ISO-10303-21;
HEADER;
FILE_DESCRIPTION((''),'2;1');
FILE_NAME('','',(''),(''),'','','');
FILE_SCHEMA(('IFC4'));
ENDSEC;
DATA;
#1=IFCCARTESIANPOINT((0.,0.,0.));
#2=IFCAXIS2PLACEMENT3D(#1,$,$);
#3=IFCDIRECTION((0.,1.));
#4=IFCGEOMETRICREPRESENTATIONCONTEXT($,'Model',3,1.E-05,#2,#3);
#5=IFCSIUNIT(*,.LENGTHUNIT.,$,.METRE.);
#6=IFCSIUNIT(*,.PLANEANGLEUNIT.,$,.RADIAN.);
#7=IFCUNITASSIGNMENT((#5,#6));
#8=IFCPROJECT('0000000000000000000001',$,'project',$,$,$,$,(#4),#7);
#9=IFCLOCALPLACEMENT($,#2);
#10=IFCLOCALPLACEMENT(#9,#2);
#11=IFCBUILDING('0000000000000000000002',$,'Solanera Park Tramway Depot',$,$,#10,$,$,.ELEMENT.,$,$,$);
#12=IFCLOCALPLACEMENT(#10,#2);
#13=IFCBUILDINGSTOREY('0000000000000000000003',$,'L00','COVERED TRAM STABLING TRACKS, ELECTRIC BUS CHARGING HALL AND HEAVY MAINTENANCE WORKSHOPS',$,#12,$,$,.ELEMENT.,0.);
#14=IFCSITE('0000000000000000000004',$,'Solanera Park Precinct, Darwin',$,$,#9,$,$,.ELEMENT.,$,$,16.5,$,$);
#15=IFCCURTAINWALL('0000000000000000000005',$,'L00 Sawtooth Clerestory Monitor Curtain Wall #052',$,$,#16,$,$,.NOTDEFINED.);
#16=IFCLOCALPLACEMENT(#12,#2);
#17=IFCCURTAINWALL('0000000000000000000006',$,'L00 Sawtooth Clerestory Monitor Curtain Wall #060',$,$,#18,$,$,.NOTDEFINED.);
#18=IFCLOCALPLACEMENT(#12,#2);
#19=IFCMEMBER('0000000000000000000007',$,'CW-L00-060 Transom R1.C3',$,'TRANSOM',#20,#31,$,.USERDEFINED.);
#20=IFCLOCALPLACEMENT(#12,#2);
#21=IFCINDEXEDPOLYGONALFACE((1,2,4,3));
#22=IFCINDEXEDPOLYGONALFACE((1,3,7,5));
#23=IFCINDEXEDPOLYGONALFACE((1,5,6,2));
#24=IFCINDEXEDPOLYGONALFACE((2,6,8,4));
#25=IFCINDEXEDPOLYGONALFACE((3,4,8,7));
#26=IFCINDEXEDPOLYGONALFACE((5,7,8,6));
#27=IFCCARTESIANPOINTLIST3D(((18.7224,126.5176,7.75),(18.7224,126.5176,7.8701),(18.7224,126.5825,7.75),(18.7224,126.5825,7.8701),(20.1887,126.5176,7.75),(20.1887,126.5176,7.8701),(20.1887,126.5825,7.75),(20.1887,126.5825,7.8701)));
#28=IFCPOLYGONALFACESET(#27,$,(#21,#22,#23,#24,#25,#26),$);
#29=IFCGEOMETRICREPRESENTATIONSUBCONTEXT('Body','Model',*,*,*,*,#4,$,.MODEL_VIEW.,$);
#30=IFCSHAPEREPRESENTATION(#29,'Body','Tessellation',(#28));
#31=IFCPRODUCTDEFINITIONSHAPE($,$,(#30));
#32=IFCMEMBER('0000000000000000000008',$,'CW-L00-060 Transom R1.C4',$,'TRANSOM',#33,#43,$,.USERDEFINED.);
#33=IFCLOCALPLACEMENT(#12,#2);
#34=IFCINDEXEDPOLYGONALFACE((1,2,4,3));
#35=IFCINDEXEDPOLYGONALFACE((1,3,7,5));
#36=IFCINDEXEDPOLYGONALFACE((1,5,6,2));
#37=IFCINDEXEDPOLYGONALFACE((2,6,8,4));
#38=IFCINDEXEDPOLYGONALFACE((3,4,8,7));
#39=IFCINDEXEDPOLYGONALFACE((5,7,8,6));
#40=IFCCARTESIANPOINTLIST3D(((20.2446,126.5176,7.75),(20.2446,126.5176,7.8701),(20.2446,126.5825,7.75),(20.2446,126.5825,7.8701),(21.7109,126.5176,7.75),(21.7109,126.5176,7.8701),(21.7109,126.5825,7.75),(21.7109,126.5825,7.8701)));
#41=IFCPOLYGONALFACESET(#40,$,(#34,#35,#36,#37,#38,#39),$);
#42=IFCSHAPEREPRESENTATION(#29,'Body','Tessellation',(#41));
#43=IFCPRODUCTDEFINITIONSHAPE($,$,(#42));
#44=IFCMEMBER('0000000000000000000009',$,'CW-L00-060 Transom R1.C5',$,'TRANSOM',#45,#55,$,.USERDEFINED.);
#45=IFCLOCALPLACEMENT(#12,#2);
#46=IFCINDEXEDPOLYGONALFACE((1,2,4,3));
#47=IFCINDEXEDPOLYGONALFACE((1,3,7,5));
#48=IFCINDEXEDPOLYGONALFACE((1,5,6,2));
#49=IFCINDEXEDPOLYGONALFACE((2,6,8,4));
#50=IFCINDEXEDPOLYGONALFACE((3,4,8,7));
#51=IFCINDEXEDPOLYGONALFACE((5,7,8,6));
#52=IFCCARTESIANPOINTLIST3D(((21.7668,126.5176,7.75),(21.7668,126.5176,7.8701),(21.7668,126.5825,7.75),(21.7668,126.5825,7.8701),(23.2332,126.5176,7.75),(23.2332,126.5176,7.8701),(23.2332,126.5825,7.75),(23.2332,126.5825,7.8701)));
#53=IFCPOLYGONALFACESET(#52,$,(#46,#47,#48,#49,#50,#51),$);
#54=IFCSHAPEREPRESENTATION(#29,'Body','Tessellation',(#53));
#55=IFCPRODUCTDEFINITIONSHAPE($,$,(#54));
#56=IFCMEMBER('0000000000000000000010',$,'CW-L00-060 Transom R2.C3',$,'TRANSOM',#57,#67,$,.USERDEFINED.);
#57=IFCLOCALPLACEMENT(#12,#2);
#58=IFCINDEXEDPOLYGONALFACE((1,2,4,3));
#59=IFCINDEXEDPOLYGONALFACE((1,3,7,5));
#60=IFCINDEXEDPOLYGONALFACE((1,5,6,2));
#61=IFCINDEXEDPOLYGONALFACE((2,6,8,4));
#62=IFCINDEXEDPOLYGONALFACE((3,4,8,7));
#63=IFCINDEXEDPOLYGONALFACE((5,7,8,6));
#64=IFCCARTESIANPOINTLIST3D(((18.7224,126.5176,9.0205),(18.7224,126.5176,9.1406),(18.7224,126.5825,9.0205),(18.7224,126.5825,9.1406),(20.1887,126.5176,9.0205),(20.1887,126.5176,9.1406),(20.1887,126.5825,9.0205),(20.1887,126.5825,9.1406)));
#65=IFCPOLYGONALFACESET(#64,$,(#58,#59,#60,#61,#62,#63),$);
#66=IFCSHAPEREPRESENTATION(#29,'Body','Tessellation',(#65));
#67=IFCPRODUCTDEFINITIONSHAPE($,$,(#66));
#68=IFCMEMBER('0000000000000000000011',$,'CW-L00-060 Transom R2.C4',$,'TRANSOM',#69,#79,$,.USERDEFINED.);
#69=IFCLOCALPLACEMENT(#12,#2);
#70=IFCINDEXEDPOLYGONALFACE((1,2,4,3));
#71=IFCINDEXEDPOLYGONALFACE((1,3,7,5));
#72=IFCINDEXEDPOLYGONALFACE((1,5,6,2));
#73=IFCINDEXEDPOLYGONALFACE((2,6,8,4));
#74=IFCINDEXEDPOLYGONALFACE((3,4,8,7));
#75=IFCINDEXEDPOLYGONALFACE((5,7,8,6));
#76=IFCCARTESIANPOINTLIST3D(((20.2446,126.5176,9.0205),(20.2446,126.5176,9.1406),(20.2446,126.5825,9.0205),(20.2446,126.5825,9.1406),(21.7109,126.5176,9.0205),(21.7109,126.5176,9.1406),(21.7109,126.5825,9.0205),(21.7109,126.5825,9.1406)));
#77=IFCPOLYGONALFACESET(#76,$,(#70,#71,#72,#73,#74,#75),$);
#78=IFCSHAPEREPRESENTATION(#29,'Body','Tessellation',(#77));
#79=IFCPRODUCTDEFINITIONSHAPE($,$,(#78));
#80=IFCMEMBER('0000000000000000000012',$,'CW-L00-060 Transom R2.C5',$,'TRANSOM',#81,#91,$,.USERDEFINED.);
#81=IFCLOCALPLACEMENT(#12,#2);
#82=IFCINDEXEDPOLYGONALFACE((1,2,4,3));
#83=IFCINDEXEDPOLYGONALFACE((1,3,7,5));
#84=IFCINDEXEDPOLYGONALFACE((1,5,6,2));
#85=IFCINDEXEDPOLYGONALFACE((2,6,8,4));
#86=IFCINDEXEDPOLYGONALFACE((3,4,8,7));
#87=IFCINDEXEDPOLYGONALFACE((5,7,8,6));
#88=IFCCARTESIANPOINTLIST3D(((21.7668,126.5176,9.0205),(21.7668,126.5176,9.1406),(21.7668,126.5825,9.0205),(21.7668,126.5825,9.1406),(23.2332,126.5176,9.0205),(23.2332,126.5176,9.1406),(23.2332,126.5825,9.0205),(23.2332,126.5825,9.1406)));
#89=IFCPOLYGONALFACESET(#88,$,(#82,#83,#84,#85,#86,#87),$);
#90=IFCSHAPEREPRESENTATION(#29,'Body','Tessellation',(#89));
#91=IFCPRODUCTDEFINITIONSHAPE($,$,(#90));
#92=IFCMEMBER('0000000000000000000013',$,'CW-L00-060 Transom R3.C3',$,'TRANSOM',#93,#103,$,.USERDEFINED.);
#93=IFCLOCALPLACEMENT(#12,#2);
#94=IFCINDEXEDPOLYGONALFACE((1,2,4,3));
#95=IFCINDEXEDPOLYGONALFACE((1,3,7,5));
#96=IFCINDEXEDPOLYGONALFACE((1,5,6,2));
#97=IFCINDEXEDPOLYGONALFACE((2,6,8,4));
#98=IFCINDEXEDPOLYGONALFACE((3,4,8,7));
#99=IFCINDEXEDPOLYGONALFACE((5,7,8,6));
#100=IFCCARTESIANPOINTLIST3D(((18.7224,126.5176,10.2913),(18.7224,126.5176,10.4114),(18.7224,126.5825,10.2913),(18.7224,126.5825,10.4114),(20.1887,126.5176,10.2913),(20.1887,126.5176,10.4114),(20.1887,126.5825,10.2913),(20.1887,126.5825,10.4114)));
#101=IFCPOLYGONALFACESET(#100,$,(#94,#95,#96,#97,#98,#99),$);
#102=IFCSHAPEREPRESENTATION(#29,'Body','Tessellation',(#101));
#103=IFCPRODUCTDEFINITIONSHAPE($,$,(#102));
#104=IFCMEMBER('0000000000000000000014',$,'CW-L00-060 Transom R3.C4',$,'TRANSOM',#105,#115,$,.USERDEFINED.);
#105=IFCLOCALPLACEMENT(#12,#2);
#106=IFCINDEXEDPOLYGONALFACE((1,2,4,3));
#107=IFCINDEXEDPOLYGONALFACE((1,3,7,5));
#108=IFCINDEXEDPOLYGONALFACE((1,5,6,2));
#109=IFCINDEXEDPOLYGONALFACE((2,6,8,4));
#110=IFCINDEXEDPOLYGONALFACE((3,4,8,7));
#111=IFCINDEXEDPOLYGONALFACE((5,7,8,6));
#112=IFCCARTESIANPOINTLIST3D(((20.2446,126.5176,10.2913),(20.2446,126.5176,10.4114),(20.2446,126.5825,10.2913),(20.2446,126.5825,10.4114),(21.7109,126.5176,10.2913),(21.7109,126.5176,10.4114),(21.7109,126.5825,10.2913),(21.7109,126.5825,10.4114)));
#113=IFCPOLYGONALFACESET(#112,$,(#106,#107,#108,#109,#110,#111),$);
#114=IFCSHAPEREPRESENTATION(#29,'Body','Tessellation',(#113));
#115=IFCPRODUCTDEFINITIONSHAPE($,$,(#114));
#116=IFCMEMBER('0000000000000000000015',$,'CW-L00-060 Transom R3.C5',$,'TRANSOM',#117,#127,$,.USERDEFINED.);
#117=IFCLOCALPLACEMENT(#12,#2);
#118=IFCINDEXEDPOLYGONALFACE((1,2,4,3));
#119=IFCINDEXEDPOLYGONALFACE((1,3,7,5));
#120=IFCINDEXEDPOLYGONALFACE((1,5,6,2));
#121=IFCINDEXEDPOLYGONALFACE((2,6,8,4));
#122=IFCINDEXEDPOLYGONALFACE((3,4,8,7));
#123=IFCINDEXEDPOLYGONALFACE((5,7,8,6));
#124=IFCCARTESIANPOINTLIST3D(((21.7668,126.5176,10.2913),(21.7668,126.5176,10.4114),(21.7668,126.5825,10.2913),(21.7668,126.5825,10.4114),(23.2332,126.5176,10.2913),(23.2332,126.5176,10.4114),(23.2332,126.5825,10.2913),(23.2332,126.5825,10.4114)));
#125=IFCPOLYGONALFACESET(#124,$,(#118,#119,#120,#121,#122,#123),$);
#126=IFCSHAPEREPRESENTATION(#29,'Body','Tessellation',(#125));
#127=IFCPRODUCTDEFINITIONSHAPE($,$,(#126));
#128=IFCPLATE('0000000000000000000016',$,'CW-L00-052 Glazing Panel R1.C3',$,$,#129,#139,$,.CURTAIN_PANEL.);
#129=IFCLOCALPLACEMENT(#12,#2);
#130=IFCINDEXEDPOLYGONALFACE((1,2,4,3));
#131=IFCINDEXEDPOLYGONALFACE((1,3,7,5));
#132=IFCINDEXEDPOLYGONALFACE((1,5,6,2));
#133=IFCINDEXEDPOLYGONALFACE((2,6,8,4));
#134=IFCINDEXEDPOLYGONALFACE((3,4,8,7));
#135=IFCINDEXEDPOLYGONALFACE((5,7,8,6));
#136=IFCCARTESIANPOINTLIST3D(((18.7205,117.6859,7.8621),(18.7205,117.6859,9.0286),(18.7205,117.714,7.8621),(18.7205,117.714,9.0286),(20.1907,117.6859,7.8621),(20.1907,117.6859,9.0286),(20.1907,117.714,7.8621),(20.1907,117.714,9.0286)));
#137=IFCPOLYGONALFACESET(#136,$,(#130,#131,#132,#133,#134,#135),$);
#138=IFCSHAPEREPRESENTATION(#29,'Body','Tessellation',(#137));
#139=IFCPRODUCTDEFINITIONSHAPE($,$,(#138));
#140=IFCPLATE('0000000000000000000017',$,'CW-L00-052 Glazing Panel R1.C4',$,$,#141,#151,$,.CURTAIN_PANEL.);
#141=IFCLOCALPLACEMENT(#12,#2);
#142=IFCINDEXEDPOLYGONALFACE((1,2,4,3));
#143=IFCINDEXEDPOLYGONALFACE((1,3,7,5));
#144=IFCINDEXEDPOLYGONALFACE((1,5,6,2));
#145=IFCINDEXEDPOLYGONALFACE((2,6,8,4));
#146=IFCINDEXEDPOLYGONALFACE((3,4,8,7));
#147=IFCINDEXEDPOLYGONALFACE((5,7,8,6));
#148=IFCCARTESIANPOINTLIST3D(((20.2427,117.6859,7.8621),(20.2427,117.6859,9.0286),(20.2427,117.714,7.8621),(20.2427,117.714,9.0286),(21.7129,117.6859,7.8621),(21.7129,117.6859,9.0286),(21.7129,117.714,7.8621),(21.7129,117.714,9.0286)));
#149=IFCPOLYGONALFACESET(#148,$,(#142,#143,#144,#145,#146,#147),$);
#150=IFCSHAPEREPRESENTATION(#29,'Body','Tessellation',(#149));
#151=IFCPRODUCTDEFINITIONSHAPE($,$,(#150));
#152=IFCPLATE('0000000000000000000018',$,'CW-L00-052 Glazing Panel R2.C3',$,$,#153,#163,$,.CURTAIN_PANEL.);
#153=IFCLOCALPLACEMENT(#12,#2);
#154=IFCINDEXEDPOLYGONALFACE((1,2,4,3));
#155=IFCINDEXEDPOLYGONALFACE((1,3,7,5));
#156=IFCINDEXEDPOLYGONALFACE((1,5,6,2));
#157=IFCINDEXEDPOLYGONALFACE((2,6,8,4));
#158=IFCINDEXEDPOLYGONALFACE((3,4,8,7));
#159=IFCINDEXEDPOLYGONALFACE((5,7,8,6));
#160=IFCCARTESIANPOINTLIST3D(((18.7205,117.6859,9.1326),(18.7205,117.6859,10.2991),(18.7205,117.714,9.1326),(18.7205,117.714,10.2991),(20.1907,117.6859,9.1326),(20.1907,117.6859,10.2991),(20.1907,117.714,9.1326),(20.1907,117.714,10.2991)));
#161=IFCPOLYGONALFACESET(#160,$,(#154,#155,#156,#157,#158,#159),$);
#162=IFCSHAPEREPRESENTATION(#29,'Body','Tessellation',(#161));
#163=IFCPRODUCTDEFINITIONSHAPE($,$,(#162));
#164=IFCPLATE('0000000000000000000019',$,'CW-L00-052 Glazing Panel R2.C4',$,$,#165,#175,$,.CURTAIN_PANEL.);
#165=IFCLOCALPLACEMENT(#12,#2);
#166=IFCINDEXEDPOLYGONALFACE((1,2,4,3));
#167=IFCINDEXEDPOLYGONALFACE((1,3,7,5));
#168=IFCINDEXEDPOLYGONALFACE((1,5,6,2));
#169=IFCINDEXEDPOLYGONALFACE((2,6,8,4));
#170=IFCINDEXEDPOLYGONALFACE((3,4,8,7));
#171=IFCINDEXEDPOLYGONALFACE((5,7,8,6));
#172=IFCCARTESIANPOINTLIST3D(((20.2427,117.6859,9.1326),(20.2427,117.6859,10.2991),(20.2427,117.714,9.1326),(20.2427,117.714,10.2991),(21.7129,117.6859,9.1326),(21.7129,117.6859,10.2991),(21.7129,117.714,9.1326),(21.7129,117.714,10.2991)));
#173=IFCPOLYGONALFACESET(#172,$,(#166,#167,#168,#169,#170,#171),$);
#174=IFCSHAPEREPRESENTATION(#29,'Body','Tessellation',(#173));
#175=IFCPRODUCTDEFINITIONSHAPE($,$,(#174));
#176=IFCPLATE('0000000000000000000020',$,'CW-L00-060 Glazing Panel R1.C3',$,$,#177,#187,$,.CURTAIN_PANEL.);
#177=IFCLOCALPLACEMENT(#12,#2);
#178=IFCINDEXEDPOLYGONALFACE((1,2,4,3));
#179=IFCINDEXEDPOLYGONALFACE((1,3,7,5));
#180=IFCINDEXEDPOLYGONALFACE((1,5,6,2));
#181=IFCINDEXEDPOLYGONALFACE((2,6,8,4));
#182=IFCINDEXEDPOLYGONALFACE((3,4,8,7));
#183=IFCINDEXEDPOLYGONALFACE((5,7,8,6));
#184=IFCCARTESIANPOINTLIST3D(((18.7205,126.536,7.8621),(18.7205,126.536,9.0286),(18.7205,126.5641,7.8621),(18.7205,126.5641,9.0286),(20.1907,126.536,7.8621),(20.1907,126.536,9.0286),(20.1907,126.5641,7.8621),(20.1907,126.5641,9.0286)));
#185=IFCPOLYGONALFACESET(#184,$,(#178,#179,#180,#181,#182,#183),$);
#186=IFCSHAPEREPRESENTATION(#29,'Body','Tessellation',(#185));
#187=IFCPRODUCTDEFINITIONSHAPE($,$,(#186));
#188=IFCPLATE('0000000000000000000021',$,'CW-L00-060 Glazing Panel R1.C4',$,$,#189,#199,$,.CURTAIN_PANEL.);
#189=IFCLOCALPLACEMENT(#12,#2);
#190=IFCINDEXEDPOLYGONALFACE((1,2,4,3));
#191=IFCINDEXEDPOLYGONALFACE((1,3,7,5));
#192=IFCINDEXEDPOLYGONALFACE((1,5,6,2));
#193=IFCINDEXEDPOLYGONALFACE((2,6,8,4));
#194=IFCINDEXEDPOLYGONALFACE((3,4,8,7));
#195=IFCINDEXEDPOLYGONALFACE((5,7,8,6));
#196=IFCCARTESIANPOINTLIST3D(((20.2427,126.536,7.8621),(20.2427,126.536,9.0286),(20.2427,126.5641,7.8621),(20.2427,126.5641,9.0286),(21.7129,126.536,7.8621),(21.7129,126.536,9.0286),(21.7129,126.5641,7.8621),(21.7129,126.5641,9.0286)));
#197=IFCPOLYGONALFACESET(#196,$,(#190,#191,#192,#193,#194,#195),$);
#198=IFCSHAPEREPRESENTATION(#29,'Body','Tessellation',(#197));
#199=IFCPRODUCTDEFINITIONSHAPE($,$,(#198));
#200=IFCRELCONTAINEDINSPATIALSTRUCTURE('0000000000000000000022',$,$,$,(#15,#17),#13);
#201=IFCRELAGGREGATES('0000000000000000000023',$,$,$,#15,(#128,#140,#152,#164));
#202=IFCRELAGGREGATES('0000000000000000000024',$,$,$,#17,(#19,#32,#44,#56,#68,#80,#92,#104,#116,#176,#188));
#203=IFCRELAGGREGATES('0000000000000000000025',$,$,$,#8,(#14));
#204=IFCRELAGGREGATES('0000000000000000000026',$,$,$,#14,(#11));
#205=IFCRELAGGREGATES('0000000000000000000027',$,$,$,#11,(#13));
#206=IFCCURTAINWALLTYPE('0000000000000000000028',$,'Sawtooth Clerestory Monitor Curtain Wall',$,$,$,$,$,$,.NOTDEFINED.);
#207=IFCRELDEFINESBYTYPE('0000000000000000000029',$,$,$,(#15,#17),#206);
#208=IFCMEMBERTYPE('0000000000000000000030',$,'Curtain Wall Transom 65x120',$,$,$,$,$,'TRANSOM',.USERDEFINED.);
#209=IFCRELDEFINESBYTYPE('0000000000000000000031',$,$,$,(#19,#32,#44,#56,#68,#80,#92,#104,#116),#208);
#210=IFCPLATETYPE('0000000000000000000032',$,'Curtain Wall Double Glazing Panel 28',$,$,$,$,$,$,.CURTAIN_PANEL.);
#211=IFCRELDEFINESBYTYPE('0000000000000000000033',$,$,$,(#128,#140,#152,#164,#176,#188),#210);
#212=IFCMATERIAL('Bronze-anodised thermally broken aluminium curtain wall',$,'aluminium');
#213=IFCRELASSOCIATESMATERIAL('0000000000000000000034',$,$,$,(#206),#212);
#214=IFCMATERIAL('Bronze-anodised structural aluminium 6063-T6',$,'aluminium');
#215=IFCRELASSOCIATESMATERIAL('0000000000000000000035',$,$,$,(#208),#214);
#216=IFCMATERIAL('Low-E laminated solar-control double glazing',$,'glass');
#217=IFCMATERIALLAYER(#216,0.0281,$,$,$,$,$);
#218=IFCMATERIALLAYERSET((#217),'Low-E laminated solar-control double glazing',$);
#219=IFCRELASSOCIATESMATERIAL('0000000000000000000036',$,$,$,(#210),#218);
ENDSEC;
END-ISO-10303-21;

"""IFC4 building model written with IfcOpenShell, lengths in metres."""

from ifc_helpers import new_model, si_unit, direction, frame, origin, origin_2d, place, context, subcontext, project, spatial, rectangle, extrude, material, layer, layer_set, material_profile, profile_set, type_object, element, aggregate, save


model = new_model("IFC4")

# Units and contexts
model_context = context("Model", 3, precision=1e-05, world=origin(), true_north=direction((0.0, 1.0)))
body_context = subcontext(model_context, "Body", "Model", "MODEL_VIEW")
ifc_project = project(units=[si_unit("LENGTHUNIT", "METRE"), si_unit("PLANEANGLEUNIT", "RADIAN")], contexts=[model_context])

# Site, building, storey
site_placement = place(None, origin())
site = spatial("IfcSite", under=ifc_project, at=site_placement, Name="Solanera Park Precinct, Darwin", CompositionType="ELEMENT", RefElevation=16.5)
building_placement = place(site_placement, origin())
building = spatial("IfcBuilding", under=site, at=building_placement, Name="Solanera Park Tramway Depot", CompositionType="ELEMENT")
storey_placement = place(building_placement, origin())
storey = spatial("IfcBuildingStorey", under=building, at=storey_placement, Name="L00", Description="COVERED TRAM STABLING TRACKS, ELECTRIC BUS CHARGING HALL AND HEAVY MAINTENANCE WORKSHOPS", CompositionType="ELEMENT", Elevation=0.0)

# Curtain walls
ifc_material_1 = material(Name="Bronze-anodised thermally broken aluminium curtain wall", Category="aluminium")
curtain_wall_type = type_object("IfcCurtainWallType", Name="Sawtooth Clerestory Monitor Curtain Wall", PredefinedType="NOTDEFINED", material=ifc_material_1)
curtain_wall_1_placement = place(storey_placement, origin())
curtain_wall_1 = element("IfcCurtainWall", 1, at=curtain_wall_1_placement, inside=storey, type_object=curtain_wall_type, Name="L00 Sawtooth Clerestory Monitor Curtain Wall #052", PredefinedType="NOTDEFINED")
curtain_wall_2_placement = place(storey_placement, origin())
curtain_wall_2 = element("IfcCurtainWall", 2, at=curtain_wall_2_placement, inside=storey, type_object=curtain_wall_type, Name="L00 Sawtooth Clerestory Monitor Curtain Wall #060", PredefinedType="NOTDEFINED")

# Members
ifc_material_2 = material(Name="Bronze-anodised structural aluminium 6063-T6", Category="aluminium")
ifc_material_profile_1 = material_profile(ifc_material_2, rectangle(XDim=0.0649, YDim=0.1201, at=origin_2d()), Name="Curtain Wall Transom 65x120")
ifc_profile_set_1 = profile_set([ifc_material_profile_1], Name="Bronze-anodised structural aluminium 6063-T6")
member_type_1 = type_object("IfcMemberType", Name="Curtain Wall Transom 65x120", ElementType="TRANSOM", PredefinedType="USERDEFINED", material=ifc_profile_set_1)
member_1_placement = place(storey_placement, frame((18.7224, 126.55, 7.8101), z_axis=(1.0, 0.0, 0.0), x_axis=(0.0, 1.0, 0.0)))
member_1 = element("IfcMember", 3, at=member_1_placement, type_object=member_type_1, Name="CW-L00-060 Transom R1.C3", ObjectType="TRANSOM", PredefinedType="USERDEFINED", context=body_context, shape_type="SweptSolid", body=[
    extrude(rectangle(XDim=0.0649, YDim=0.1201, at=origin_2d()), origin(), (0.0, 0.0, 1.0), 1.4663),
])
member_2_placement = place(storey_placement, frame((20.2446, 126.55, 7.8101), z_axis=(1.0, 0.0, 0.0), x_axis=(0.0, 1.0, 0.0)))
member_2 = element("IfcMember", 4, at=member_2_placement, type_object=member_type_1, Name="CW-L00-060 Transom R1.C4", ObjectType="TRANSOM", PredefinedType="USERDEFINED", context=body_context, shape_type="SweptSolid", body=[
    extrude(rectangle(XDim=0.0649, YDim=0.1201, at=origin_2d()), origin(), (0.0, 0.0, 1.0), 1.4663),
])
member_3_placement = place(storey_placement, frame((21.7668, 126.55, 7.8101), z_axis=(1.0, 0.0, 0.0), x_axis=(0.0, 1.0, 0.0)))
member_3 = element("IfcMember", 5, at=member_3_placement, type_object=member_type_1, Name="CW-L00-060 Transom R1.C5", ObjectType="TRANSOM", PredefinedType="USERDEFINED", context=body_context, shape_type="SweptSolid", body=[
    extrude(rectangle(XDim=0.0649, YDim=0.1201, at=origin_2d()), origin(), (0.0, 0.0, 1.0), 1.4663),
])
member_4_placement = place(storey_placement, frame((18.7224, 126.55, 9.0806), z_axis=(1.0, 0.0, 0.0), x_axis=(0.0, 1.0, 0.0)))
member_4 = element("IfcMember", 6, at=member_4_placement, type_object=member_type_1, Name="CW-L00-060 Transom R2.C3", ObjectType="TRANSOM", PredefinedType="USERDEFINED", context=body_context, shape_type="SweptSolid", body=[
    extrude(rectangle(XDim=0.0649, YDim=0.1201, at=origin_2d()), origin(), (0.0, 0.0, 1.0), 1.4663),
])
member_5_placement = place(storey_placement, frame((20.2446, 126.55, 9.0806), z_axis=(1.0, 0.0, 0.0), x_axis=(0.0, 1.0, 0.0)))
member_5 = element("IfcMember", 7, at=member_5_placement, type_object=member_type_1, Name="CW-L00-060 Transom R2.C4", ObjectType="TRANSOM", PredefinedType="USERDEFINED", context=body_context, shape_type="SweptSolid", body=[
    extrude(rectangle(XDim=0.0649, YDim=0.1201, at=origin_2d()), origin(), (0.0, 0.0, 1.0), 1.4663),
])
member_6_placement = place(storey_placement, frame((21.7668, 126.55, 9.0806), z_axis=(1.0, 0.0, 0.0), x_axis=(0.0, 1.0, 0.0)))
member_6 = element("IfcMember", 8, at=member_6_placement, type_object=member_type_1, Name="CW-L00-060 Transom R2.C5", ObjectType="TRANSOM", PredefinedType="USERDEFINED", context=body_context, shape_type="SweptSolid", body=[
    extrude(rectangle(XDim=0.0649, YDim=0.1201, at=origin_2d()), origin(), (0.0, 0.0, 1.0), 1.4663),
])
member_7_placement = place(storey_placement, frame((18.7224, 126.55, 10.3513), z_axis=(1.0, 0.0, 0.0), x_axis=(0.0, 1.0, 0.0)))
member_7 = element("IfcMember", 9, at=member_7_placement, type_object=member_type_1, Name="CW-L00-060 Transom R3.C3", ObjectType="TRANSOM", PredefinedType="USERDEFINED", context=body_context, shape_type="SweptSolid", body=[
    extrude(rectangle(XDim=0.0649, YDim=0.1201, at=origin_2d()), origin(), (0.0, 0.0, 1.0), 1.4663),
])
member_8_placement = place(storey_placement, frame((20.2446, 126.55, 10.3513), z_axis=(1.0, 0.0, 0.0), x_axis=(0.0, 1.0, 0.0)))
member_8 = element("IfcMember", 10, at=member_8_placement, type_object=member_type_1, Name="CW-L00-060 Transom R3.C4", ObjectType="TRANSOM", PredefinedType="USERDEFINED", context=body_context, shape_type="SweptSolid", body=[
    extrude(rectangle(XDim=0.0649, YDim=0.1201, at=origin_2d()), origin(), (0.0, 0.0, 1.0), 1.4663),
])
member_9_placement = place(storey_placement, frame((21.7668, 126.55, 10.3513), z_axis=(1.0, 0.0, 0.0), x_axis=(0.0, 1.0, 0.0)))
member_9 = element("IfcMember", 11, at=member_9_placement, type_object=member_type_1, Name="CW-L00-060 Transom R3.C5", ObjectType="TRANSOM", PredefinedType="USERDEFINED", context=body_context, shape_type="SweptSolid", body=[
    extrude(rectangle(XDim=0.0649, YDim=0.1201, at=origin_2d()), origin(), (0.0, 0.0, 1.0), 1.4663),
])

# Plates
ifc_material_3 = material(Name="Low-E laminated solar-control double glazing", Category="glass")
ifc_layer = layer(ifc_material_3, 0.0281)
ifc_layer_set = layer_set([ifc_layer], Name="Low-E laminated solar-control double glazing")
plate_type = type_object("IfcPlateType", Name="Curtain Wall Double Glazing Panel 28", PredefinedType="CURTAIN_PANEL", material=ifc_layer_set)
plate_1_placement = place(storey_placement, frame((19.4556, 117.7, 7.8621), z_axis=(0.0, 0.0, 1.0), x_axis=(1.0, 0.0, 0.0)))
plate_1 = element("IfcPlate", 12, at=plate_1_placement, type_object=plate_type, Name="CW-L00-052 Glazing Panel R1.C3", PredefinedType="CURTAIN_PANEL", context=body_context, shape_type="SweptSolid", body=[
    extrude(rectangle(XDim=1.4702, YDim=0.0281, at=origin_2d()), origin(), (0.0, 0.0, 1.0), 1.1665),
])
plate_2_placement = place(storey_placement, frame((20.9778, 117.7, 7.8621), z_axis=(0.0, 0.0, 1.0), x_axis=(1.0, 0.0, 0.0)))
plate_2 = element("IfcPlate", 13, at=plate_2_placement, type_object=plate_type, Name="CW-L00-052 Glazing Panel R1.C4", PredefinedType="CURTAIN_PANEL", context=body_context, shape_type="SweptSolid", body=[
    extrude(rectangle(XDim=1.4702, YDim=0.0281, at=origin_2d()), origin(), (0.0, 0.0, 1.0), 1.1665),
])
plate_3_placement = place(storey_placement, frame((19.4556, 117.7, 9.1326), z_axis=(0.0, 0.0, 1.0), x_axis=(1.0, 0.0, 0.0)))
plate_3 = element("IfcPlate", 14, at=plate_3_placement, type_object=plate_type, Name="CW-L00-052 Glazing Panel R2.C3", PredefinedType="CURTAIN_PANEL", context=body_context, shape_type="SweptSolid", body=[
    extrude(rectangle(XDim=1.4702, YDim=0.0281, at=origin_2d()), origin(), (0.0, 0.0, 1.0), 1.1665),
])
plate_4_placement = place(storey_placement, frame((20.9778, 117.7, 9.1326), z_axis=(0.0, 0.0, 1.0), x_axis=(1.0, 0.0, 0.0)))
plate_4 = element("IfcPlate", 15, at=plate_4_placement, type_object=plate_type, Name="CW-L00-052 Glazing Panel R2.C4", PredefinedType="CURTAIN_PANEL", context=body_context, shape_type="SweptSolid", body=[
    extrude(rectangle(XDim=1.4702, YDim=0.0281, at=origin_2d()), origin(), (0.0, 0.0, 1.0), 1.1665),
])
aggregate(curtain_wall_1, [plate_1, plate_2, plate_3, plate_4])
plate_5_placement = place(storey_placement, frame((19.4556, 126.55, 7.8621), z_axis=(0.0, 0.0, 1.0), x_axis=(1.0, 0.0, 0.0)))
plate_5 = element("IfcPlate", 16, at=plate_5_placement, type_object=plate_type, Name="CW-L00-060 Glazing Panel R1.C3", PredefinedType="CURTAIN_PANEL", context=body_context, shape_type="SweptSolid", body=[
    extrude(rectangle(XDim=1.4702, YDim=0.0281, at=origin_2d()), origin(), (0.0, 0.0, 1.0), 1.1665),
])
plate_6_placement = place(storey_placement, frame((20.9778, 126.55, 7.8621), z_axis=(0.0, 0.0, 1.0), x_axis=(1.0, 0.0, 0.0)))
plate_6 = element("IfcPlate", 17, at=plate_6_placement, type_object=plate_type, Name="CW-L00-060 Glazing Panel R1.C4", PredefinedType="CURTAIN_PANEL", context=body_context, shape_type="SweptSolid", body=[
    extrude(rectangle(XDim=1.4702, YDim=0.0281, at=origin_2d()), origin(), (0.0, 0.0, 1.0), 1.1665),
])
aggregate(curtain_wall_2, [member_1, member_2, member_3, member_4, member_5, member_6, member_7, member_8, member_9, plate_5, plate_6])

save(model, "model.ifc")
